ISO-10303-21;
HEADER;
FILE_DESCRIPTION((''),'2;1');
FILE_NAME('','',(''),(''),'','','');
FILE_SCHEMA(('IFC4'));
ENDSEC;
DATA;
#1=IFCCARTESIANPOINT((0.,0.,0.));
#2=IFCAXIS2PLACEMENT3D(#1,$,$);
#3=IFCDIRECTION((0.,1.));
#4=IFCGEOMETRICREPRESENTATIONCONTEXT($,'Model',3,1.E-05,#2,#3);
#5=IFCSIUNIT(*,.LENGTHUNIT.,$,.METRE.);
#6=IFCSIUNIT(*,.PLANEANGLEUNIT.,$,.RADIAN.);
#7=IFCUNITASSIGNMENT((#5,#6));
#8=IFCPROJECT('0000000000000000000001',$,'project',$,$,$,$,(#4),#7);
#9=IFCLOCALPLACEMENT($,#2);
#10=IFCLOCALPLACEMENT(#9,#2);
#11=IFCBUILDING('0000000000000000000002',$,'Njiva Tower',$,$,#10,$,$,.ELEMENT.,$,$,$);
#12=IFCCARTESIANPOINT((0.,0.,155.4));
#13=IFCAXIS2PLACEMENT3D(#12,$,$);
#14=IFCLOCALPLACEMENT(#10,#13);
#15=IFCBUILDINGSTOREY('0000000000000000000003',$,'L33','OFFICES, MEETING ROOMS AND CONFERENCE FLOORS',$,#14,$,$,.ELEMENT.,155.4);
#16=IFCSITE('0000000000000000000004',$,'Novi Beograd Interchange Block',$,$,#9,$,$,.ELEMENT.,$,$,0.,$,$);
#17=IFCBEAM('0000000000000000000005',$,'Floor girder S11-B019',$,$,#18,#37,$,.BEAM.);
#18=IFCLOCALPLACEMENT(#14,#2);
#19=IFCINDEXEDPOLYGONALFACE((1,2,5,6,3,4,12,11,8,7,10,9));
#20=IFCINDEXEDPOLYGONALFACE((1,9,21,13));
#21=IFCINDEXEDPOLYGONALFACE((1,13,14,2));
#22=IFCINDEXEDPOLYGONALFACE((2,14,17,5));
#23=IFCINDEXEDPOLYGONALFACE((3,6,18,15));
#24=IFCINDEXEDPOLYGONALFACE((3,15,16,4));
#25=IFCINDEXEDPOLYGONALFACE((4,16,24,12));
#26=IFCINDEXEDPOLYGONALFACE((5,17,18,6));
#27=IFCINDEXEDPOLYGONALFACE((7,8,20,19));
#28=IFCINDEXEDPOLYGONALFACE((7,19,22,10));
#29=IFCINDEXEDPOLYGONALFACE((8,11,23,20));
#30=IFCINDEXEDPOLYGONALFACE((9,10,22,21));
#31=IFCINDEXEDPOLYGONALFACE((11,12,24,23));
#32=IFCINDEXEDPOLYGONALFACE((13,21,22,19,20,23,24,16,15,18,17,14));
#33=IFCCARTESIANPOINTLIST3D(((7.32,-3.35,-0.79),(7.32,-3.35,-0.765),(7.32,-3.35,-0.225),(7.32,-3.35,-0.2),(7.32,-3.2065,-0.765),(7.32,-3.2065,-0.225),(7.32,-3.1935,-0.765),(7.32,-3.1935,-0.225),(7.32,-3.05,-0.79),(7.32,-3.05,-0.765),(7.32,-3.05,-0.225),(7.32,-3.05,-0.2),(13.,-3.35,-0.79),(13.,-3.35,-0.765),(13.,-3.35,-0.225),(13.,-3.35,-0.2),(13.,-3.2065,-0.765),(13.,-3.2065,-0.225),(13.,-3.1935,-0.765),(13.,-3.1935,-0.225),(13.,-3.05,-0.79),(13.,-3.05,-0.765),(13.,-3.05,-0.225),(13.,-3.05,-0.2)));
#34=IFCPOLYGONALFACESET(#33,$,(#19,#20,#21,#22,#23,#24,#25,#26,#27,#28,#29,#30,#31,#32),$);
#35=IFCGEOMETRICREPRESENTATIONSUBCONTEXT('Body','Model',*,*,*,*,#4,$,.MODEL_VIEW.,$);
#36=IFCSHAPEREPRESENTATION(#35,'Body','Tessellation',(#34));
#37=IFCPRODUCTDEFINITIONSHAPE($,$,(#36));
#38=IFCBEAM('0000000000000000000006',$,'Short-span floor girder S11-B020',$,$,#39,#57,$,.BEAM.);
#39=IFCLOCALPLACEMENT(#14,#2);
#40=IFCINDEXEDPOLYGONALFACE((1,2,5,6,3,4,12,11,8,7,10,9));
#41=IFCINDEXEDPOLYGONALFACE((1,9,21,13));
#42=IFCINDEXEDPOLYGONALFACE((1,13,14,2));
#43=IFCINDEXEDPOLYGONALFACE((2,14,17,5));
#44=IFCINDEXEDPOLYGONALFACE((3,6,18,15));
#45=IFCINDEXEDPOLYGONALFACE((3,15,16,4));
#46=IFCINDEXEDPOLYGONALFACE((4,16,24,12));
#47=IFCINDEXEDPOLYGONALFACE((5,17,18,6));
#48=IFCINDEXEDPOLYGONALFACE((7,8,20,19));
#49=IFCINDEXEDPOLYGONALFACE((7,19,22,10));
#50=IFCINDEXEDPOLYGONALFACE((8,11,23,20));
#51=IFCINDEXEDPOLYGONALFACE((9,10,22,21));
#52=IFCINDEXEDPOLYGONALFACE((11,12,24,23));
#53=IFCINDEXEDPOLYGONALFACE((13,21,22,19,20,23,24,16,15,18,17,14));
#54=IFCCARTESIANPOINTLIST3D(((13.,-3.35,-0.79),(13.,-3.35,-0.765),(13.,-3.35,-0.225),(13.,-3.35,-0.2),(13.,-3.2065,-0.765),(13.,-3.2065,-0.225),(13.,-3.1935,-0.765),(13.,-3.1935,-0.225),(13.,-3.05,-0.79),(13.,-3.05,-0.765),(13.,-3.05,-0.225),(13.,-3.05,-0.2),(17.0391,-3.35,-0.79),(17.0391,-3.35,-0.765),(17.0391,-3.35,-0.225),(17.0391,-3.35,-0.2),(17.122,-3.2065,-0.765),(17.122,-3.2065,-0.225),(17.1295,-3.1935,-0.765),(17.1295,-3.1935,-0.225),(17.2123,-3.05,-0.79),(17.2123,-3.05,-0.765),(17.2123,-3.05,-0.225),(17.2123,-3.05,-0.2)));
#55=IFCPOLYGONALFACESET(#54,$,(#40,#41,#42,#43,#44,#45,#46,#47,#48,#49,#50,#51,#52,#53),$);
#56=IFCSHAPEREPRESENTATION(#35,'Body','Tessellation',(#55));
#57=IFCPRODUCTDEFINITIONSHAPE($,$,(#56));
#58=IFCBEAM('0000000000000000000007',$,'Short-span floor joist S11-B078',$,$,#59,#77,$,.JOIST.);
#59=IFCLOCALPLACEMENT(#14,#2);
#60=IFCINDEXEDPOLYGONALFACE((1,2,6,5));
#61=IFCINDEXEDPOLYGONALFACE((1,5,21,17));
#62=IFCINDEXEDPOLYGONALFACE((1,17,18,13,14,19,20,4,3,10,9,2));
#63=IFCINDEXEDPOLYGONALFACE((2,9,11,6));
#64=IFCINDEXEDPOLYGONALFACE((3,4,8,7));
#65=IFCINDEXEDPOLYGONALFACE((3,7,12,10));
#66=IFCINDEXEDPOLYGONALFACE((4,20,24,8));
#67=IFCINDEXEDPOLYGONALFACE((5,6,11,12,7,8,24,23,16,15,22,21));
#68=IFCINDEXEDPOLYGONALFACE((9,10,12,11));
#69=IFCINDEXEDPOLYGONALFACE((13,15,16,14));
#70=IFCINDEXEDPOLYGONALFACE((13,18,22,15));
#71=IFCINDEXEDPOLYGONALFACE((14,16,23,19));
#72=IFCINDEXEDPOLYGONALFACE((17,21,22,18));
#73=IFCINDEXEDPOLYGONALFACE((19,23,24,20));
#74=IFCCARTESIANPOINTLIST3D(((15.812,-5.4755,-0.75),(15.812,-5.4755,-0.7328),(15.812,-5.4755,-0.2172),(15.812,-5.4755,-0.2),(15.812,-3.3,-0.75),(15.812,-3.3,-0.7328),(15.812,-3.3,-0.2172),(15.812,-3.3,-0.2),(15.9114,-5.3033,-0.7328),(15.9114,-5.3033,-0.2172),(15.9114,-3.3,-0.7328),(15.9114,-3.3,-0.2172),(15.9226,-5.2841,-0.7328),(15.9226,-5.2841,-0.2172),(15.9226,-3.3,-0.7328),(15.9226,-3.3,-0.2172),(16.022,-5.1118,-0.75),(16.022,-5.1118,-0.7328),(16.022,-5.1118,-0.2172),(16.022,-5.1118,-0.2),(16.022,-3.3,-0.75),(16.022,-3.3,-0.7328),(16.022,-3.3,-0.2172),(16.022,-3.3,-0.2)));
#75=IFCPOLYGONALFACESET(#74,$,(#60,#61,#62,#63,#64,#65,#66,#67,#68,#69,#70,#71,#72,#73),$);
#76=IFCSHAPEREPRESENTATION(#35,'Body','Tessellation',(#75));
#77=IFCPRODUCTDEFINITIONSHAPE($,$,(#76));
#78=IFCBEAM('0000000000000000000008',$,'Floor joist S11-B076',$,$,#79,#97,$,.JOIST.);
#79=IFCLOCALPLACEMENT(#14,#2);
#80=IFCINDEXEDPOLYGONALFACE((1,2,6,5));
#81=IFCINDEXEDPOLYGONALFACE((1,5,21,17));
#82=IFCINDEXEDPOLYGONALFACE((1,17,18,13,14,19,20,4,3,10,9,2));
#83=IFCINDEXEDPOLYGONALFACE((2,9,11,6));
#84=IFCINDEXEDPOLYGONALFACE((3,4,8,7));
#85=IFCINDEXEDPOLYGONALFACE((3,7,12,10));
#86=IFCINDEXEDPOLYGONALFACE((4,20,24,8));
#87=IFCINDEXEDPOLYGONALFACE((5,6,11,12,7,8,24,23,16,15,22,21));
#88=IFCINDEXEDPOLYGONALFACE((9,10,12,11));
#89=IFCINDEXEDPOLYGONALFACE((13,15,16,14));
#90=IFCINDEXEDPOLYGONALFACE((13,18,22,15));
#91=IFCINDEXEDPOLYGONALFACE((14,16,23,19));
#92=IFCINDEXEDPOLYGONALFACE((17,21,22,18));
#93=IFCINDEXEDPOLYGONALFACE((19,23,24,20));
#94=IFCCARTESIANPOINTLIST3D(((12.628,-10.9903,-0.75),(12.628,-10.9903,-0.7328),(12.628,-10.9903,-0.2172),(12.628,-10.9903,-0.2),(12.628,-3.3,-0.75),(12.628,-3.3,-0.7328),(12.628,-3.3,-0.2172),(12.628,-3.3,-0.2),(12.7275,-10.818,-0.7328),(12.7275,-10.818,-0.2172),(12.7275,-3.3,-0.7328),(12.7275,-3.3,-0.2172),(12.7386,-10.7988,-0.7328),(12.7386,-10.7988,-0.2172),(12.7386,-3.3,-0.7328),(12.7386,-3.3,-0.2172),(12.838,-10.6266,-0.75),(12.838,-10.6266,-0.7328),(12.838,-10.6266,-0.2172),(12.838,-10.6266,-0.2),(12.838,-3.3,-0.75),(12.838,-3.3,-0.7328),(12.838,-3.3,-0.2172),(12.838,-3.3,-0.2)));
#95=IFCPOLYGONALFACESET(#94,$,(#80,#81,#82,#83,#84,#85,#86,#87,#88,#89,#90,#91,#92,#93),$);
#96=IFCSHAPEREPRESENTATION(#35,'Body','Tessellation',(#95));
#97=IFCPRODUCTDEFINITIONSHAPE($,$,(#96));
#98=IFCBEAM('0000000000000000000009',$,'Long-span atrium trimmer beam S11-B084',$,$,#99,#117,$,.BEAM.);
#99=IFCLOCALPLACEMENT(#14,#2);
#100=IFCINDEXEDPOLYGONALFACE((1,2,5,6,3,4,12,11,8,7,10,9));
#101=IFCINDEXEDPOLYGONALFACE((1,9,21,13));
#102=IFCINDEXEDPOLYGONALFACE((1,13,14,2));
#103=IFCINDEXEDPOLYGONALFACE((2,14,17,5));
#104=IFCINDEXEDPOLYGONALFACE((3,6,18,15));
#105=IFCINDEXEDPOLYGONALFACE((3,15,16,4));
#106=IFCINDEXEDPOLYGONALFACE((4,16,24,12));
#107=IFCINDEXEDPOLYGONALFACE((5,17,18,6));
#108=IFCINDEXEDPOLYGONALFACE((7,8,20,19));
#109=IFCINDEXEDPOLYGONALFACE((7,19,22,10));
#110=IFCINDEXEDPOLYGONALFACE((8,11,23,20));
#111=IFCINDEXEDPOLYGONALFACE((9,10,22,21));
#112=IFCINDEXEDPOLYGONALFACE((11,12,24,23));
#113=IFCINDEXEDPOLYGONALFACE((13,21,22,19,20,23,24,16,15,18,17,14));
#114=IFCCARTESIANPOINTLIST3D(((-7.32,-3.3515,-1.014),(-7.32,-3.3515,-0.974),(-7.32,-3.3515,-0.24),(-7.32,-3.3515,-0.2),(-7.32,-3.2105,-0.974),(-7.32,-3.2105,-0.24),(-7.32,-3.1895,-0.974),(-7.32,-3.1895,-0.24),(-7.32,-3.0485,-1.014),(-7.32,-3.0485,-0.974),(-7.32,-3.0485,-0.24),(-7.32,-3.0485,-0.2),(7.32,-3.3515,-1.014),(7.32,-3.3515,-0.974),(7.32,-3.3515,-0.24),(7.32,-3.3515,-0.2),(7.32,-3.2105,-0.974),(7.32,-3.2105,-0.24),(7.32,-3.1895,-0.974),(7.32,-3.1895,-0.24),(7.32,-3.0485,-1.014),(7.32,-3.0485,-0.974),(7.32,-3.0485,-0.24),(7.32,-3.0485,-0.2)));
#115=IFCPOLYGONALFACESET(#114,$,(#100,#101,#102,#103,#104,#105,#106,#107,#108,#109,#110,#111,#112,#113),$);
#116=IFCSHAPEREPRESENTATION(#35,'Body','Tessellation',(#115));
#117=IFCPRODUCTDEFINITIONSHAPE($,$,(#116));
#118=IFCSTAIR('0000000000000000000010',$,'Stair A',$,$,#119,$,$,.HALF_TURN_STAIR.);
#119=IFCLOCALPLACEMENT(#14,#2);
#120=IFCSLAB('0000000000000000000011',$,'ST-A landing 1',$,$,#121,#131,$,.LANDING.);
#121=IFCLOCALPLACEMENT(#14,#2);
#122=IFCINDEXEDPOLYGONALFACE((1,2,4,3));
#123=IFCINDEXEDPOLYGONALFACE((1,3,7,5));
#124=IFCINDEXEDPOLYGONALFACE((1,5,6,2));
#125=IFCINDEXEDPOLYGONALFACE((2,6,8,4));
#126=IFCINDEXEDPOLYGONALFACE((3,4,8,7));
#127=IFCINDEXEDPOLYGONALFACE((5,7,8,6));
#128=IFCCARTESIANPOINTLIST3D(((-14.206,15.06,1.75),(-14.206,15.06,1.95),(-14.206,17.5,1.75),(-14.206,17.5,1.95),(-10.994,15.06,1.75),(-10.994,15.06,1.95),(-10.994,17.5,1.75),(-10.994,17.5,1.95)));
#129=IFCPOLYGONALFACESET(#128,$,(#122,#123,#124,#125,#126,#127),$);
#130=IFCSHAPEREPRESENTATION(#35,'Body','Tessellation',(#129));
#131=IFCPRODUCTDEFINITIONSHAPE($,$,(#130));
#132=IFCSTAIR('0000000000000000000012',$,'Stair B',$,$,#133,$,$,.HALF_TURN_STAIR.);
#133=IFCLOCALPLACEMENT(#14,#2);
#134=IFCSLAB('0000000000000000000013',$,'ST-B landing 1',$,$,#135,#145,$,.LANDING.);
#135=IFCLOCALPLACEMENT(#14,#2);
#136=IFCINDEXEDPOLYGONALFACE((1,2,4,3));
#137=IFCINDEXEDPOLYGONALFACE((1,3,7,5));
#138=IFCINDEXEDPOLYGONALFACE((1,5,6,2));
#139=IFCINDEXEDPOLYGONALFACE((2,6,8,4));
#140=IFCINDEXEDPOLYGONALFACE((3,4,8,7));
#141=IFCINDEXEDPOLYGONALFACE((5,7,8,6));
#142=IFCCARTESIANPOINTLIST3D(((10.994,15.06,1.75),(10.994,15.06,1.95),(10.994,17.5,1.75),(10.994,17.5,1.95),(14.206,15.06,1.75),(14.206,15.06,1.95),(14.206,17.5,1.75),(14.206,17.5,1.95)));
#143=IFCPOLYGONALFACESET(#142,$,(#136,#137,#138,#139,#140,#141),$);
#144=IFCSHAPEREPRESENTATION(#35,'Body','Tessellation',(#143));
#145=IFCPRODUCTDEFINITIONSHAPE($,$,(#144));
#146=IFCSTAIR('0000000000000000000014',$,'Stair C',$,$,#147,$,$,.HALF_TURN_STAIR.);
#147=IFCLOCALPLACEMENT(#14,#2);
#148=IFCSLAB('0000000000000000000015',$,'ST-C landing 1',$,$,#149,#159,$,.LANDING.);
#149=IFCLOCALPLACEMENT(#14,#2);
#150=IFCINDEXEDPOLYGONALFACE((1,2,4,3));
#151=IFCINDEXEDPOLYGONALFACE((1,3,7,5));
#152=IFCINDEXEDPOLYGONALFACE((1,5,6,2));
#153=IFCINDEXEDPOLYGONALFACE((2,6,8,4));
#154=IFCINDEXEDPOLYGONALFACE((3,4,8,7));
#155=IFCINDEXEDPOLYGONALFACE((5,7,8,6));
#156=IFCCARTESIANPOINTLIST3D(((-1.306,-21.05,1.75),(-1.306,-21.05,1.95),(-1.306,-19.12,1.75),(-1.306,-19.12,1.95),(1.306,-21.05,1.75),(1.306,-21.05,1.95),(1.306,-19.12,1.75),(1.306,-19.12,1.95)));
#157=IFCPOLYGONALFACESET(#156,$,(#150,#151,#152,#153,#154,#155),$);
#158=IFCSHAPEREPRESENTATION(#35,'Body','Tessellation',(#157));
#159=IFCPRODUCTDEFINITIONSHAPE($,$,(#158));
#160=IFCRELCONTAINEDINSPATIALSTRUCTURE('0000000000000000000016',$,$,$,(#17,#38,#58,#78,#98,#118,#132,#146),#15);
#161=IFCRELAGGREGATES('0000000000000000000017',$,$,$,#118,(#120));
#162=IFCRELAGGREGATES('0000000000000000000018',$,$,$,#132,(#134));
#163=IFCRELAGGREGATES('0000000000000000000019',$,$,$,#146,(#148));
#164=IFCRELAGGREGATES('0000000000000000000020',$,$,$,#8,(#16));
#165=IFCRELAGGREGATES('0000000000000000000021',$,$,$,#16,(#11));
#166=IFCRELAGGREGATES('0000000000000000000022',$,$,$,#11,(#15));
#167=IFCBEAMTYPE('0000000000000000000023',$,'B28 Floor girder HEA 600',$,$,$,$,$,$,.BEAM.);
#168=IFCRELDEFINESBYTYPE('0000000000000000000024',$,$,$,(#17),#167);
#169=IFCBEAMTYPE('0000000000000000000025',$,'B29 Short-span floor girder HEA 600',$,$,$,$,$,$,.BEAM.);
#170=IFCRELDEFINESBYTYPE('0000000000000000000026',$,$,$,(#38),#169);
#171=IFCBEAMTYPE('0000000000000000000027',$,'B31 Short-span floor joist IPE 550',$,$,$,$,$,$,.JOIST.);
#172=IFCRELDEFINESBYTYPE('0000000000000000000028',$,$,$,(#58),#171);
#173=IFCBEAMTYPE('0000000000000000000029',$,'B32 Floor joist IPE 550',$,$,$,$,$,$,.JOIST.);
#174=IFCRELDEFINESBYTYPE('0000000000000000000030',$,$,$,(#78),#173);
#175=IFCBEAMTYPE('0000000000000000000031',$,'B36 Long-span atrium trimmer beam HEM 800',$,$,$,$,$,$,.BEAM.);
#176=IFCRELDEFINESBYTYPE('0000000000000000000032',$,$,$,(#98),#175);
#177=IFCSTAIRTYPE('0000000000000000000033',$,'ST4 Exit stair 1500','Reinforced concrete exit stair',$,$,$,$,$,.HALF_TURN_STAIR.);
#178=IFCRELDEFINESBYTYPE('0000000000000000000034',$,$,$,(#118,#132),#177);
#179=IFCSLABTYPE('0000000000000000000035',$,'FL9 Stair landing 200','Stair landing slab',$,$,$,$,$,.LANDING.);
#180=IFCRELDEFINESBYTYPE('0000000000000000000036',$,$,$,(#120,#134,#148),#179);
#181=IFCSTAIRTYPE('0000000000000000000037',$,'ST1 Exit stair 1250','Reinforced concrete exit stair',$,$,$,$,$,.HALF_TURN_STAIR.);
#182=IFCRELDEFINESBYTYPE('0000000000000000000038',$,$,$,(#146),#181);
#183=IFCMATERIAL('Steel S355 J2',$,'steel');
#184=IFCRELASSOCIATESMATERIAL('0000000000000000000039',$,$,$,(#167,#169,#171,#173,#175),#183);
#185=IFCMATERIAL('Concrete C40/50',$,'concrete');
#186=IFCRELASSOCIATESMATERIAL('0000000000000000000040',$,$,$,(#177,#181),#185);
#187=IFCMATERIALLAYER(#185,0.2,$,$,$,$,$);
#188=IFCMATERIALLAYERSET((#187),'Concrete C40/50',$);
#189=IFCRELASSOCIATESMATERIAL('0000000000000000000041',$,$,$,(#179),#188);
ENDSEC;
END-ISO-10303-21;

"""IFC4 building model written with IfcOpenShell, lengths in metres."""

from ifc_helpers import new_model, si_unit, direction, frame, origin, origin_2d, place, context, subcontext, project, spatial, polyline, i_section, outline, extrude, clip, halfspace, material, layer, layer_set, material_profile, profile_set, type_object, element, aggregate, save


model = new_model("IFC4")

# Units and contexts
model_context = context("Model", 3, precision=1e-05, world=origin(), true_north=direction((0.0, 1.0)))
body_context = subcontext(model_context, "Body", "Model", "MODEL_VIEW")
ifc_project = project(units=[si_unit("LENGTHUNIT", "METRE"), si_unit("PLANEANGLEUNIT", "RADIAN")], contexts=[model_context])

# Site, building, storey
site_placement = place(None, origin())
site = spatial("IfcSite", under=ifc_project, at=site_placement, Name="Novi Beograd Interchange Block", CompositionType="ELEMENT", RefElevation=0.0)
building_placement = place(site_placement, origin())
building = spatial("IfcBuilding", under=site, at=building_placement, Name="Njiva Tower", CompositionType="ELEMENT")
storey_placement = place(building_placement, frame((0.0, 0.0, 155.4)))
storey = spatial("IfcBuildingStorey", under=building, at=storey_placement, Name="L33", Description="OFFICES, MEETING ROOMS AND CONFERENCE FLOORS", CompositionType="ELEMENT", Elevation=155.4)

# Shared definitions
ifc_material_1 = material(Name="Steel S355 J2", Category="steel")

# Beams
ifc_material_profile_1 = material_profile(ifc_material_1, i_section(OverallWidth=0.3, OverallDepth=0.59, WebThickness=0.013, FlangeThickness=0.025, at=origin_2d()), Name="HEA 600")
ifc_profile_set_1 = profile_set([ifc_material_profile_1], Name="Steel S355 J2")
beam_type_1 = type_object("IfcBeamType", Name="B28 Floor girder HEA 600", PredefinedType="BEAM", material=ifc_profile_set_1)
beam_1_placement = place(storey_placement, frame((7.32, -3.2, -0.495), z_axis=(1.0, 0.0, 0.0), x_axis=(0.0, 1.0, 0.0)))
element("IfcBeam", 1, at=beam_1_placement, inside=storey, type_object=beam_type_1, Name="Floor girder S11-B019", PredefinedType="BEAM", context=body_context, shape_type="SweptSolid", body=[
    extrude(i_section(OverallWidth=0.3, OverallDepth=0.59, WebThickness=0.013, FlangeThickness=0.025, at=origin_2d()), origin(), (0.0, 0.0, 1.0), 5.68),
])
ifc_material_profile_2 = material_profile(ifc_material_1, i_section(OverallWidth=0.3, OverallDepth=0.59, WebThickness=0.013, FlangeThickness=0.025, at=origin_2d()), Name="HEA 600")
ifc_profile_set_2 = profile_set([ifc_material_profile_2], Name="Steel S355 J2")
beam_type_2 = type_object("IfcBeamType", Name="B29 Short-span floor girder HEA 600", PredefinedType="BEAM", material=ifc_profile_set_2)
beam_2_placement = place(storey_placement, frame((13.0, -3.2, -0.495), z_axis=(1.0, 0.0, 0.0), x_axis=(0.0, 1.0, 0.0)))
element("IfcBeam", 2, at=beam_2_placement, inside=storey, type_object=beam_type_2, Name="Short-span floor girder S11-B020", PredefinedType="BEAM", context=body_context, shape_type="Clipping", body=[
    clip(extrude(i_section(OverallWidth=0.3, OverallDepth=0.59, WebThickness=0.013, FlangeThickness=0.025, at=origin_2d()), origin(), (0.0, 0.0, 1.0), 4.233), halfspace(frame((-0.025, 0.0, 4.1113), z_axis=(-0.499998, 0.0, 0.866027), x_axis=(0.0, 1.0, 0.0)), False)),
])
ifc_material_profile_3 = material_profile(ifc_material_1, i_section(OverallWidth=0.21, OverallDepth=0.55, WebThickness=0.0111, FlangeThickness=0.0172, at=origin_2d()), Name="IPE 550")
ifc_profile_set_3 = profile_set([ifc_material_profile_3], Name="Steel S355 J2")
beam_type_3 = type_object("IfcBeamType", Name="B31 Short-span floor joist IPE 550", PredefinedType="JOIST", material=ifc_profile_set_3)
beam_3_placement = place(storey_placement, frame((15.917, -3.3, -0.475), z_axis=(0.0, -1.0, 0.0), x_axis=(1.0, 0.0, 0.0)))
element("IfcBeam", 3, at=beam_3_placement, inside=storey, type_object=beam_type_3, Name="Short-span floor joist S11-B078", PredefinedType="JOIST", context=body_context, shape_type="Clipping", body=[
    clip(extrude(i_section(OverallWidth=0.21, OverallDepth=0.55, WebThickness=0.0111, FlangeThickness=0.0172, at=origin_2d()), origin(), (0.0, 0.0, 1.0), 2.196), halfspace(frame((0.043, 0.0, 1.9192), z_axis=(0.866027, 0.0, 0.499998), x_axis=(0.0, 1.0, 0.0)), False)),
])
ifc_material_profile_4 = material_profile(ifc_material_1, i_section(OverallWidth=0.21, OverallDepth=0.55, WebThickness=0.0111, FlangeThickness=0.0172, at=origin_2d()), Name="IPE 550")
ifc_profile_set_4 = profile_set([ifc_material_profile_4], Name="Steel S355 J2")
beam_type_4 = type_object("IfcBeamType", Name="B32 Floor joist IPE 550", PredefinedType="JOIST", material=ifc_profile_set_4)
beam_4_placement = place(storey_placement, frame((12.733, -3.3, -0.475), z_axis=(0.0, -1.0, 0.0), x_axis=(1.0, 0.0, 0.0)))
element("IfcBeam", 4, at=beam_4_placement, inside=storey, type_object=beam_type_4, Name="Floor joist S11-B076", PredefinedType="JOIST", context=body_context, shape_type="Clipping", body=[
    clip(extrude(i_section(OverallWidth=0.21, OverallDepth=0.55, WebThickness=0.0111, FlangeThickness=0.0172, at=origin_2d()), origin(), (0.0, 0.0, 1.0), 7.71), halfspace(frame((0.0436, 0.0, 7.4329), z_axis=(0.866027, 0.0, 0.499998), x_axis=(0.0, 1.0, 0.0)), False)),
])
ifc_material_profile_5 = material_profile(ifc_material_1, i_section(OverallWidth=0.303, OverallDepth=0.814, WebThickness=0.021, FlangeThickness=0.04, at=origin_2d()), Name="HEM 800")
ifc_profile_set_5 = profile_set([ifc_material_profile_5], Name="Steel S355 J2")
beam_type_5 = type_object("IfcBeamType", Name="B36 Long-span atrium trimmer beam HEM 800", PredefinedType="BEAM", material=ifc_profile_set_5)
beam_5_placement = place(storey_placement, frame((7.32, -3.2, -0.607), z_axis=(-1.0, 0.0, 0.0), x_axis=(0.0, -1.0, 0.0)))
element("IfcBeam", 5, at=beam_5_placement, inside=storey, type_object=beam_type_5, Name="Long-span atrium trimmer beam S11-B084", PredefinedType="BEAM", context=body_context, shape_type="SweptSolid", body=[
    extrude(i_section(OverallWidth=0.303, OverallDepth=0.814, WebThickness=0.021, FlangeThickness=0.04, at=origin_2d()), origin(), (0.0, 0.0, 1.0), 14.64),
])

# Stairs, slabs
ifc_material_2 = material(Name="Concrete C40/50", Category="concrete")
stair_type_1 = type_object("IfcStairType", Name="ST4 Exit stair 1500", Description="Reinforced concrete exit stair", PredefinedType="HALF_TURN_STAIR", material=ifc_material_2)
stair_1_placement = place(storey_placement, origin())
stair_1 = element("IfcStair", 6, at=stair_1_placement, inside=storey, type_object=stair_type_1, Name="Stair A", PredefinedType="HALF_TURN_STAIR")
ifc_layer_1 = layer(ifc_material_2, 0.2)
ifc_layer_set_1 = layer_set([ifc_layer_1], Name="Concrete C40/50")
slab_type_1 = type_object("IfcSlabType", Name="FL9 Stair landing 200", Description="Stair landing slab", PredefinedType="LANDING", material=ifc_layer_set_1)
slab_1_placement = place(storey_placement, frame((0.0, 0.0, 1.75)))
slab_1 = element("IfcSlab", 7, at=slab_1_placement, type_object=slab_type_1, Name="ST-A landing 1", PredefinedType="LANDING", context=body_context, shape_type="SweptSolid", body=[
    extrude(outline(polyline([(-14.206, 15.06), (-10.994, 15.06), (-10.994, 17.5), (-14.206, 17.5), (-14.206, 15.06)])), origin(), (0.0, 0.0, 1.0), 0.2),
])
aggregate(stair_1, [slab_1])
stair_2_placement = place(storey_placement, origin())
stair_2 = element("IfcStair", 8, at=stair_2_placement, inside=storey, type_object=stair_type_1, Name="Stair B", PredefinedType="HALF_TURN_STAIR")
slab_2_placement = place(storey_placement, frame((0.0, 0.0, 1.75)))
slab_2 = element("IfcSlab", 9, at=slab_2_placement, type_object=slab_type_1, Name="ST-B landing 1", PredefinedType="LANDING", context=body_context, shape_type="SweptSolid", body=[
    extrude(outline(polyline([(10.994, 15.06), (14.206, 15.06), (14.206, 17.5), (10.994, 17.5), (10.994, 15.06)])), origin(), (0.0, 0.0, 1.0), 0.2),
])
aggregate(stair_2, [slab_2])
stair_type_2 = type_object("IfcStairType", Name="ST1 Exit stair 1250", Description="Reinforced concrete exit stair", PredefinedType="HALF_TURN_STAIR", material=ifc_material_2)
stair_3_placement = place(storey_placement, origin())
stair_3 = element("IfcStair", 10, at=stair_3_placement, inside=storey, type_object=stair_type_2, Name="Stair C", PredefinedType="HALF_TURN_STAIR")
slab_3_placement = place(storey_placement, frame((0.0, 0.0, 1.75)))
slab_3 = element("IfcSlab", 11, at=slab_3_placement, type_object=slab_type_1, Name="ST-C landing 1", PredefinedType="LANDING", context=body_context, shape_type="SweptSolid", body=[
    extrude(outline(polyline([(-1.306, -21.05), (1.306, -21.05), (1.306, -19.12), (-1.306, -19.12), (-1.306, -21.05)])), origin(), (0.0, 0.0, 1.0), 0.2),
])
aggregate(stair_3, [slab_3])

save(model, "model.ifc")
